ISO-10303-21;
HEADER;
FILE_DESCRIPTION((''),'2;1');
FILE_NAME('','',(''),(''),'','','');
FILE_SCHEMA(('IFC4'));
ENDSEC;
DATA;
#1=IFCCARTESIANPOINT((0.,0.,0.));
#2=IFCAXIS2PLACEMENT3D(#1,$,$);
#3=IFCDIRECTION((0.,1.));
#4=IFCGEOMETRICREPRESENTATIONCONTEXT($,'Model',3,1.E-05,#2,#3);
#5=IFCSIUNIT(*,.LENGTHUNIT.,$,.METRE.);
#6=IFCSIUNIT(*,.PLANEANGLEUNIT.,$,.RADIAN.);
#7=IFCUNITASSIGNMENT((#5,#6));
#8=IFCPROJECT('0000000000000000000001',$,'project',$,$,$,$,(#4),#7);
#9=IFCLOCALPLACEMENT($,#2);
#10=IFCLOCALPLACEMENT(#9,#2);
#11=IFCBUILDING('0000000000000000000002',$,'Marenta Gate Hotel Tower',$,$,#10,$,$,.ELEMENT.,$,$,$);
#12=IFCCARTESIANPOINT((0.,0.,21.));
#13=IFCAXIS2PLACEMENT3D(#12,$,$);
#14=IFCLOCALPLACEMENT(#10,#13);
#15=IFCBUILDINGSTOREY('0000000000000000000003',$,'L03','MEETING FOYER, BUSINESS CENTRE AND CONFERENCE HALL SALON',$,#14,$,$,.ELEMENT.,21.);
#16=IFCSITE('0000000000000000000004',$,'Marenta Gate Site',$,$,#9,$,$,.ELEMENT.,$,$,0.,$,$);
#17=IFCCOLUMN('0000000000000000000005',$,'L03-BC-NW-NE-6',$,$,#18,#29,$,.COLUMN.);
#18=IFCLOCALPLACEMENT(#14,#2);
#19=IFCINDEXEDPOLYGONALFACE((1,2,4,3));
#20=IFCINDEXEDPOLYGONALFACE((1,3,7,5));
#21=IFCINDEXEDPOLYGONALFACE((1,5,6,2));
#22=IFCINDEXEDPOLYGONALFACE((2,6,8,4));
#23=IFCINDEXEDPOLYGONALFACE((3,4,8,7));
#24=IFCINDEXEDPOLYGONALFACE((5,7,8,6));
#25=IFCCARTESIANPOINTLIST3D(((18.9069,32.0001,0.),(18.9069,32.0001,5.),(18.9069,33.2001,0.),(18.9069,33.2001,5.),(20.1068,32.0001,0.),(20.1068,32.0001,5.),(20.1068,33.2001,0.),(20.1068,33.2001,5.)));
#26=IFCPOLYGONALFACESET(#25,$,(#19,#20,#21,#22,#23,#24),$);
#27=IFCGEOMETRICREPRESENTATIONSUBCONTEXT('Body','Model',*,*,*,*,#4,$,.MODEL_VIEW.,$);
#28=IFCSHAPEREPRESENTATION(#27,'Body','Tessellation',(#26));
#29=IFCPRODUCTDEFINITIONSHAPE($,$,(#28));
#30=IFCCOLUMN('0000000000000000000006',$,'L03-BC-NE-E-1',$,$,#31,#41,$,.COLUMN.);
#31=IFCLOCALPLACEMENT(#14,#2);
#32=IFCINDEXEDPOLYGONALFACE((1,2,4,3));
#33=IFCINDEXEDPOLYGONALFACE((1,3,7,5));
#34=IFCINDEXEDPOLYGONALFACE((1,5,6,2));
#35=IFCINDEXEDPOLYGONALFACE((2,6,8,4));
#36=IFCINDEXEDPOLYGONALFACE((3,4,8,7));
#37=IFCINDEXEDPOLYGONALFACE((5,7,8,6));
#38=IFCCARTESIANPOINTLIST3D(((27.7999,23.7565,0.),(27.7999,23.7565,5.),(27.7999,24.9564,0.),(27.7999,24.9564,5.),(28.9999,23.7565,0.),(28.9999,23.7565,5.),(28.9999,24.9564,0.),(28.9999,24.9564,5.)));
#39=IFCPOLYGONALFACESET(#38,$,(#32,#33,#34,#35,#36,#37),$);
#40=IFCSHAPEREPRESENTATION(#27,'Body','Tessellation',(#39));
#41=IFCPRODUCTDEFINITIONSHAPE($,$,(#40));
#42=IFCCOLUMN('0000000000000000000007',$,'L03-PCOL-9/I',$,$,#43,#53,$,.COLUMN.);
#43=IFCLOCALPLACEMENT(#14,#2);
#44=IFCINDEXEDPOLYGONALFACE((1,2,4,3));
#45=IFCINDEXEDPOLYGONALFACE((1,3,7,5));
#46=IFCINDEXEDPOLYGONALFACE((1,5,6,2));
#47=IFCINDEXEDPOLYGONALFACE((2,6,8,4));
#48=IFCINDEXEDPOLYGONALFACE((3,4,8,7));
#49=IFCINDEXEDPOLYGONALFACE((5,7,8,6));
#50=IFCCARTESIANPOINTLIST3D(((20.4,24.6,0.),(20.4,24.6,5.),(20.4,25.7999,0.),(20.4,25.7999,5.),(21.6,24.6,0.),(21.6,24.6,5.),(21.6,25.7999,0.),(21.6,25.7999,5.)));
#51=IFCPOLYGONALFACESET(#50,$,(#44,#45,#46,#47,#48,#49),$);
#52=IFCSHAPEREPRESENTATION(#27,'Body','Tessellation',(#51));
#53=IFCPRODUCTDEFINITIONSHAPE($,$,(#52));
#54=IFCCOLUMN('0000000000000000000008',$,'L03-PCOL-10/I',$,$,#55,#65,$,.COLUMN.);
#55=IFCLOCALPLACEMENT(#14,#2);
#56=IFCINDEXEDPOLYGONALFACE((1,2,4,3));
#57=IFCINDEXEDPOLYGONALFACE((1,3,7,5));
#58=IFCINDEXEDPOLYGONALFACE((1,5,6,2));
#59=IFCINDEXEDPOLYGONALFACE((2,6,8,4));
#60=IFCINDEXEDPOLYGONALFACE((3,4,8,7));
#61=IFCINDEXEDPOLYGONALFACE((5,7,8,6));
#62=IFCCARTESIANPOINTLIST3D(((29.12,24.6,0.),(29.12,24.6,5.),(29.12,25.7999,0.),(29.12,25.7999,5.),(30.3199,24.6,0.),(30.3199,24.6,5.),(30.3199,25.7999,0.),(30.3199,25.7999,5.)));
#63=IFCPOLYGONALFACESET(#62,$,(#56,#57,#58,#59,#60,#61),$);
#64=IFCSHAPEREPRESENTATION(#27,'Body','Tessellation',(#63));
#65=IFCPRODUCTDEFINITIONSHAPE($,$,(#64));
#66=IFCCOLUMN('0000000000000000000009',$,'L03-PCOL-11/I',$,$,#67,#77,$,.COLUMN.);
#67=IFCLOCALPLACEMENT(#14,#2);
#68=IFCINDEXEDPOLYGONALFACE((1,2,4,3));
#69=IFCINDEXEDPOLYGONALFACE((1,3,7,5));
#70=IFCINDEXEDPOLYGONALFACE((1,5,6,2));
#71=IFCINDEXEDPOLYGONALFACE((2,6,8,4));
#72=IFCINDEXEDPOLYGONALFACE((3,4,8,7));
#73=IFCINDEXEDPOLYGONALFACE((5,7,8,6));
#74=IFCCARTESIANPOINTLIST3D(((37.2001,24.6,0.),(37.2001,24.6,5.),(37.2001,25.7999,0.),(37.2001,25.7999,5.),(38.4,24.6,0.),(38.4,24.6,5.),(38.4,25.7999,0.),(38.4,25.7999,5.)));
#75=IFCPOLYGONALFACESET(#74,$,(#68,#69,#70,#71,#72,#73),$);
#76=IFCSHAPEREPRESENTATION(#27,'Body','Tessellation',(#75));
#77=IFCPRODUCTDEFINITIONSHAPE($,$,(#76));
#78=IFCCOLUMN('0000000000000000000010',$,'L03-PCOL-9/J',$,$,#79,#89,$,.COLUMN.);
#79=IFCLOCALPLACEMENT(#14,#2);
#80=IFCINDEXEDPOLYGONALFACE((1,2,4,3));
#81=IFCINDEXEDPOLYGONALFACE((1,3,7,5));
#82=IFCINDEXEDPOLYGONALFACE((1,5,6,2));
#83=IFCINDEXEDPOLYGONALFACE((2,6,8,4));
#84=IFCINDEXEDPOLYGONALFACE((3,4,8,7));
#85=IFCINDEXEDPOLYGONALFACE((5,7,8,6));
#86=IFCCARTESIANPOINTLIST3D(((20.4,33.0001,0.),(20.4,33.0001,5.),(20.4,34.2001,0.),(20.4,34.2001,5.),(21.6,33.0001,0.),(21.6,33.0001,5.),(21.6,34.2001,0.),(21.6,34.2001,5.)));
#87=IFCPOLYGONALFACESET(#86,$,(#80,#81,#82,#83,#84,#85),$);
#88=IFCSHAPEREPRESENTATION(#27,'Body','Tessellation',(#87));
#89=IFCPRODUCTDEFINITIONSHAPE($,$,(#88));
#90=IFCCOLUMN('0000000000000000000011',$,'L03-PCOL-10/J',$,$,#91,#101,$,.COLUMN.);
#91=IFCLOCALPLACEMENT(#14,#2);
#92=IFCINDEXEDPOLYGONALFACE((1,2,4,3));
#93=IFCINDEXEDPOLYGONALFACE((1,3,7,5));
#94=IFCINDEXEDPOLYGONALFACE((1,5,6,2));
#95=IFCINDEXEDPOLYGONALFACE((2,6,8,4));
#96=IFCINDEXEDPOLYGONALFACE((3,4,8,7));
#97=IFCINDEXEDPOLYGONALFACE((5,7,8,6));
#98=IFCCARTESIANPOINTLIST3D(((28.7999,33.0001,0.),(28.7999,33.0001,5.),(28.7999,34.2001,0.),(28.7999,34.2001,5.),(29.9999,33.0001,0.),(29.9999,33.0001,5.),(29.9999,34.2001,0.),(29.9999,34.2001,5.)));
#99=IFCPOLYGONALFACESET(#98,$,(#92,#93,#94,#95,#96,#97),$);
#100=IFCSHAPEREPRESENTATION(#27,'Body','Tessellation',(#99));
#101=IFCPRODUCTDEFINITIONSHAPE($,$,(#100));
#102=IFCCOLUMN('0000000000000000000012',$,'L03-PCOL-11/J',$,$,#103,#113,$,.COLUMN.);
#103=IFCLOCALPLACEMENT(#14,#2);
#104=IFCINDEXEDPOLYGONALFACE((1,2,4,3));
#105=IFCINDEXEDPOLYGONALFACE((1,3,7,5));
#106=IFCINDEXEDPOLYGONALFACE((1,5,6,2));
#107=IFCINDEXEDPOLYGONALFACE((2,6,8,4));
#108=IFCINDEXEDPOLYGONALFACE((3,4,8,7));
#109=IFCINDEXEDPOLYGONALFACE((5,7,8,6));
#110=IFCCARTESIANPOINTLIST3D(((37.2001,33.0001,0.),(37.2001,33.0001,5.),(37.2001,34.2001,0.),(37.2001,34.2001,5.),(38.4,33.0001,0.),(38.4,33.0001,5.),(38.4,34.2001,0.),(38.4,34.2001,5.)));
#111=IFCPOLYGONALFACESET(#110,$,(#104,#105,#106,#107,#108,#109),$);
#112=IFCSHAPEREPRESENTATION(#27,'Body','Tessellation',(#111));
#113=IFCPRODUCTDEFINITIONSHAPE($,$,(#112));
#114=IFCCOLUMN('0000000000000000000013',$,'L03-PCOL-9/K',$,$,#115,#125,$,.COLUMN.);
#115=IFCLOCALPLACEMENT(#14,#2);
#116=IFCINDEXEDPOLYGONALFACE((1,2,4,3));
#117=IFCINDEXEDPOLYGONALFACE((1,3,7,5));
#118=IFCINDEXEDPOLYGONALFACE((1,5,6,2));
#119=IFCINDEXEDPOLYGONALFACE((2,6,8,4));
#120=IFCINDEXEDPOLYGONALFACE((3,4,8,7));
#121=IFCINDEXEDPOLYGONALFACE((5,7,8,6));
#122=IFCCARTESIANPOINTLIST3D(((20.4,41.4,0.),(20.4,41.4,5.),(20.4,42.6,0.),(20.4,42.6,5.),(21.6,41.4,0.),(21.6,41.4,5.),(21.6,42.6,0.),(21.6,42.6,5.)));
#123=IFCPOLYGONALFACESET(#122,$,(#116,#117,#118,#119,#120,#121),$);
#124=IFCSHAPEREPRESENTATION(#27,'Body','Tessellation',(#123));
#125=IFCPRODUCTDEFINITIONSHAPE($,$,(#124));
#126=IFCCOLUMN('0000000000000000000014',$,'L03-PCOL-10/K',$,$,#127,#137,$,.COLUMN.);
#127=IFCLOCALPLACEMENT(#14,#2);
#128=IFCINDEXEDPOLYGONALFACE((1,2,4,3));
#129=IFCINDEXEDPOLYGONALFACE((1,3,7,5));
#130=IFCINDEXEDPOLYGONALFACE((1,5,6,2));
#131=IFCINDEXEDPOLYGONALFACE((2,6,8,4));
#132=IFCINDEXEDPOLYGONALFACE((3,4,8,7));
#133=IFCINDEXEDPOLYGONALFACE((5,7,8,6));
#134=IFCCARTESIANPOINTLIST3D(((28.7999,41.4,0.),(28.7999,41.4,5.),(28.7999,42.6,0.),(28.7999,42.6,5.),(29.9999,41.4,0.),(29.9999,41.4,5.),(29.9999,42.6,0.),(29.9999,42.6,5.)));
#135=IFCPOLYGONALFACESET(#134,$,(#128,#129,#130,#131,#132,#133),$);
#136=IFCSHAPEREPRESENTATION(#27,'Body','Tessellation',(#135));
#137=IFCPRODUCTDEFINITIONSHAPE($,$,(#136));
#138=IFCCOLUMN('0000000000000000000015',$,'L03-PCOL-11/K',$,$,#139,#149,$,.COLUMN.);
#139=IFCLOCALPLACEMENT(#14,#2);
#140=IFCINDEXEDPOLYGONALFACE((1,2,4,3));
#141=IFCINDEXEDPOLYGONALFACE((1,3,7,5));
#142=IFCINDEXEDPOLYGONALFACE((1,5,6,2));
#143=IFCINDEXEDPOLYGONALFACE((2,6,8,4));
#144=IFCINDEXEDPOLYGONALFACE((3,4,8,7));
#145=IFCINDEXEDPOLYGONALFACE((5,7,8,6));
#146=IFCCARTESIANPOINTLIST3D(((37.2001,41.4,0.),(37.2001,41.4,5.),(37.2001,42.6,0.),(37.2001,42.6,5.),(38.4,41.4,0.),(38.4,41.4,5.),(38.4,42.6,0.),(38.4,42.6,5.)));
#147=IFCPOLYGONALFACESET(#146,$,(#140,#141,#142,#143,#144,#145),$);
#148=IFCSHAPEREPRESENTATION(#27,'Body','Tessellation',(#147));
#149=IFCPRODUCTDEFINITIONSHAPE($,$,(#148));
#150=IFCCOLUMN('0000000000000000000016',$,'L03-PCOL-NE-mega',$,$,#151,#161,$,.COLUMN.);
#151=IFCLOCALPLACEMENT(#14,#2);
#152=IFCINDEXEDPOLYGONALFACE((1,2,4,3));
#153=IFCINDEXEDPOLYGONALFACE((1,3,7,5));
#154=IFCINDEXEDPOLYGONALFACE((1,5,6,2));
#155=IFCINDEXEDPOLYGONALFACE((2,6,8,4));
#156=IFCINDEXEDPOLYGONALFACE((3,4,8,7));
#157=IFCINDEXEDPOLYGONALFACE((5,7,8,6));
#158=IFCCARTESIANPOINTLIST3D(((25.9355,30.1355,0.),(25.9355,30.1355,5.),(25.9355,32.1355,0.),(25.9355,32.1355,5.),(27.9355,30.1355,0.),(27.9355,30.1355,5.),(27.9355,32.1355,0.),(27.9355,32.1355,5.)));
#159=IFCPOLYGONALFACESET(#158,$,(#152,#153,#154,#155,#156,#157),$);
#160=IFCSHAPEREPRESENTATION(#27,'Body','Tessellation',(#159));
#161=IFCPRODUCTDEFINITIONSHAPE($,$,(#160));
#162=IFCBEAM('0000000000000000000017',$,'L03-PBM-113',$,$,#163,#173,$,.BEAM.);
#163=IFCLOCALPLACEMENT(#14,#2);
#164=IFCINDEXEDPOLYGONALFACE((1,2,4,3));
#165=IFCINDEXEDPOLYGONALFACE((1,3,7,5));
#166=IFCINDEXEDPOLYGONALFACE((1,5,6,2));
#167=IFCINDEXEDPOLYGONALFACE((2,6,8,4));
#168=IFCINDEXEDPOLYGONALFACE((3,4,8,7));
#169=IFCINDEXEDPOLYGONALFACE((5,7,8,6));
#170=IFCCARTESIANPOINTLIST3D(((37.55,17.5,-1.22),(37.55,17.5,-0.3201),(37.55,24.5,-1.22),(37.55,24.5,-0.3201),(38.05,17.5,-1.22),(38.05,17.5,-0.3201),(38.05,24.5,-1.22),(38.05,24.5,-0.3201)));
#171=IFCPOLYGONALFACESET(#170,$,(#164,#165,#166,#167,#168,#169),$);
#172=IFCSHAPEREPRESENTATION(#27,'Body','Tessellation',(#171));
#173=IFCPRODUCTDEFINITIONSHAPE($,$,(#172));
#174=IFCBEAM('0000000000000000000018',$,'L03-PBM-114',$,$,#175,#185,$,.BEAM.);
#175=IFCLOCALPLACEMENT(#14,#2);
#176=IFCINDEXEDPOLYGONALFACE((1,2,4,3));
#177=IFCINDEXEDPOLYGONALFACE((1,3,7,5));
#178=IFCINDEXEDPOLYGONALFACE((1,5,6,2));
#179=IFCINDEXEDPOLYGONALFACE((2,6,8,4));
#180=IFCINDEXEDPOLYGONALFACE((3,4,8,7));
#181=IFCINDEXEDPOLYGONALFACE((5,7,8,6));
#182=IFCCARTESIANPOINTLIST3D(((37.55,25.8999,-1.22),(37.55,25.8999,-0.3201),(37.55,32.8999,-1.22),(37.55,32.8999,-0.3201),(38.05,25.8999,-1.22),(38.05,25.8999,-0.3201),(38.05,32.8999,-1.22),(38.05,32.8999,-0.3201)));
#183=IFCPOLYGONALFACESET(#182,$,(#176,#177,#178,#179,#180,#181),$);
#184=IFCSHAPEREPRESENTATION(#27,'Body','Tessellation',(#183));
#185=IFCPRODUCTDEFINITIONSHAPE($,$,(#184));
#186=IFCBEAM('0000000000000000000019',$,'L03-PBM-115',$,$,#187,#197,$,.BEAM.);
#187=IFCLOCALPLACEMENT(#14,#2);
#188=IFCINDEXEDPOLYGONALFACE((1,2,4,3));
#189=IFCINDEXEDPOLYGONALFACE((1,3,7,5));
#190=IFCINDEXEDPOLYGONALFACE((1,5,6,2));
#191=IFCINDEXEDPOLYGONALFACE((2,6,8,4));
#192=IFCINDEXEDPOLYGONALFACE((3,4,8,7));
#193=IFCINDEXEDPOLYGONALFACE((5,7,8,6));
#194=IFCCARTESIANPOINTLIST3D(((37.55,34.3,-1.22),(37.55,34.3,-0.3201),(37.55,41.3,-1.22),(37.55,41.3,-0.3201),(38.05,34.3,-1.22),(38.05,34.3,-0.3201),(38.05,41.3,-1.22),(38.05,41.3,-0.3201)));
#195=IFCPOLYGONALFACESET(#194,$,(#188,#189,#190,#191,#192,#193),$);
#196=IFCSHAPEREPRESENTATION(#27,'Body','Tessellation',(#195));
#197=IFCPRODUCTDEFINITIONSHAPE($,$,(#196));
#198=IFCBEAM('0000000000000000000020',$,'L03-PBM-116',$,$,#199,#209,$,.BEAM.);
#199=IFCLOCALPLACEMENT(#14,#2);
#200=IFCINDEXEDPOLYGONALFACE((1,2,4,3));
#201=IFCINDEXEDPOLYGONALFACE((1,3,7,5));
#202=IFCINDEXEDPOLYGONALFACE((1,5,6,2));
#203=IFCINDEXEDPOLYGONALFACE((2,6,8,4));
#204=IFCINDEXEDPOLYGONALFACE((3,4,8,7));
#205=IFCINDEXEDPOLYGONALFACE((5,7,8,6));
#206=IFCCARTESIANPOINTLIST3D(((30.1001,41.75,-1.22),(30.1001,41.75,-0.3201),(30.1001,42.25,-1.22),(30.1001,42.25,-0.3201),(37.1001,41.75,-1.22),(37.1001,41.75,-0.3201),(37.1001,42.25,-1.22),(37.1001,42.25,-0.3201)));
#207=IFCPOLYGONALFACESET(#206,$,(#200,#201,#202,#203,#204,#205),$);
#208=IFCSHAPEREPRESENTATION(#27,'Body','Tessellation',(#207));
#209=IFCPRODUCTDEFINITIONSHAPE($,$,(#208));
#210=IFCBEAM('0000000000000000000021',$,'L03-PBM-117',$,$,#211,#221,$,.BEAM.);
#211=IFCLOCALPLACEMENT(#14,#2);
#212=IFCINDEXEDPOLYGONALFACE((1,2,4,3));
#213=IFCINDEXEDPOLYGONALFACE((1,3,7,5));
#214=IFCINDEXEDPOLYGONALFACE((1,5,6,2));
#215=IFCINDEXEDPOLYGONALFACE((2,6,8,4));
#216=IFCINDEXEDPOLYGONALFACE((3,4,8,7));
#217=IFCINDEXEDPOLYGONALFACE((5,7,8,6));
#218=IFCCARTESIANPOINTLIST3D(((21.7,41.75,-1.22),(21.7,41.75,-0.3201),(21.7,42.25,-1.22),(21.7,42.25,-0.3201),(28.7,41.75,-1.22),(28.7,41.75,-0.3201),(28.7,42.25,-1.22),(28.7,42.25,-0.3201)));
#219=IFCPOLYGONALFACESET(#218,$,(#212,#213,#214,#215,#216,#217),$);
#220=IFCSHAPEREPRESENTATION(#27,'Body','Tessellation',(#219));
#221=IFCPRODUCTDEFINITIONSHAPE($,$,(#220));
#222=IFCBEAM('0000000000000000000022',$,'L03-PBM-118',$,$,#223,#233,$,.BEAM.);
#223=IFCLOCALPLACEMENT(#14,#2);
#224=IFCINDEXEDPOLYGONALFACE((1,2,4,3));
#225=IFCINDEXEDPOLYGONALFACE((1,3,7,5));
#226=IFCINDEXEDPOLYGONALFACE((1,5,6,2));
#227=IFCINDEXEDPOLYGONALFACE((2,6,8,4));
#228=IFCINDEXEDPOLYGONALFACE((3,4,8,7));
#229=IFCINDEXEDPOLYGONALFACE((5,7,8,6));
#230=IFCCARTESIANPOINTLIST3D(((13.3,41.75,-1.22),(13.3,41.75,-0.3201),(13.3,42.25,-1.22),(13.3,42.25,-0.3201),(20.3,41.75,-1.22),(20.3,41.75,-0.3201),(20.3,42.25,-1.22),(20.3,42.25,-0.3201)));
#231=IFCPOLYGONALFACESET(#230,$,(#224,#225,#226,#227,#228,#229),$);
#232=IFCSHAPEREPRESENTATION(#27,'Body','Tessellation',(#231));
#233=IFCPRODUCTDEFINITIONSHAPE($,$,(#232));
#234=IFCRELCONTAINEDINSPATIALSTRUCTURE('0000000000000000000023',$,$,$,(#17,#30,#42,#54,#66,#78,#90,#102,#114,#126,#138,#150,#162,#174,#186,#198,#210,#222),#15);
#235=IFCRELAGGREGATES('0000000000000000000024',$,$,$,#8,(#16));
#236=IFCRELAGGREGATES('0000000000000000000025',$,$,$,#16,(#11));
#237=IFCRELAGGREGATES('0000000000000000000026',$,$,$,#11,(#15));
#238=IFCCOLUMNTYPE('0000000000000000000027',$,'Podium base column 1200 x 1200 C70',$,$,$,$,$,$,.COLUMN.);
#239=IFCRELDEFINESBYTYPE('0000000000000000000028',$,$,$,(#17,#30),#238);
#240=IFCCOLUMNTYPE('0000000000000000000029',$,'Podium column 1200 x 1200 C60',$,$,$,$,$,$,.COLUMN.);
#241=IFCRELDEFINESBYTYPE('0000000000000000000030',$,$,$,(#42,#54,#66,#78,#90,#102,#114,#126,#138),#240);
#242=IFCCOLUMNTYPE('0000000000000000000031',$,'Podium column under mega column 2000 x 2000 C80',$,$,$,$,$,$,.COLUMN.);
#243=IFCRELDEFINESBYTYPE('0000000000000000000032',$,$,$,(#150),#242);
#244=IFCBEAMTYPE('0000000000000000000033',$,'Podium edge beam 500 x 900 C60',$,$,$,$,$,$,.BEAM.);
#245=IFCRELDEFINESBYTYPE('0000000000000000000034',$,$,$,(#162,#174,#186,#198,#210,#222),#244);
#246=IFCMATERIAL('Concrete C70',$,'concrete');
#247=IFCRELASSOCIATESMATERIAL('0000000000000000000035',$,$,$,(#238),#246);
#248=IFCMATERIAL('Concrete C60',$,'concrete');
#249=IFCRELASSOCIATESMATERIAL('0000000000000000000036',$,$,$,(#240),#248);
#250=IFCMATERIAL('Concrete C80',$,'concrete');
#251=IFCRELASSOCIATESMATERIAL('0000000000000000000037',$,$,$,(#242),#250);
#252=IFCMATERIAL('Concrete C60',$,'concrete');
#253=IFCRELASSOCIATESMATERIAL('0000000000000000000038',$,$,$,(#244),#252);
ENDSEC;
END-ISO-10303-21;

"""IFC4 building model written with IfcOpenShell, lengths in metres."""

from ifc_helpers import new_model, si_unit, direction, frame, origin, origin_2d, place, context, subcontext, project, spatial, rectangle, extrude, material, material_profile, profile_set, type_object, element, save


model = new_model("IFC4")

# Units and contexts
model_context = context("Model", 3, precision=1e-05, world=origin(), true_north=direction((0.0, 1.0)))
body_context = subcontext(model_context, "Body", "Model", "MODEL_VIEW")
ifc_project = project(units=[si_unit("LENGTHUNIT", "METRE"), si_unit("PLANEANGLEUNIT", "RADIAN")], contexts=[model_context])

# Site, building, storey
site_placement = place(None, origin())
site = spatial("IfcSite", under=ifc_project, at=site_placement, Name="Marenta Gate Site", CompositionType="ELEMENT", RefElevation=0.0)
building_placement = place(site_placement, origin())
building = spatial("IfcBuilding", under=site, at=building_placement, Name="Marenta Gate Hotel Tower", CompositionType="ELEMENT")
storey_placement = place(building_placement, frame((0.0, 0.0, 21.0)))
storey = spatial("IfcBuildingStorey", under=building, at=storey_placement, Name="L03", Description="MEETING FOYER, BUSINESS CENTRE AND CONFERENCE HALL SALON", CompositionType="ELEMENT", Elevation=21.0)

# Columns
ifc_material_1 = material(Name="Concrete C70", Category="concrete")
ifc_material_profile_1 = material_profile(ifc_material_1, rectangle(XDim=1.2, YDim=1.2, at=origin_2d()), Name="1200 x 1200")
ifc_profile_set_1 = profile_set([ifc_material_profile_1], Name="Concrete C70")
column_type_1 = type_object("IfcColumnType", Name="Podium base column 1200 x 1200 C70", PredefinedType="COLUMN", material=ifc_profile_set_1)
for number, where, z_axis, x_axis, name in (
    (1, (19.5068, 32.6001, 0.0), (0.0, 0.0, 1.0), (1.0, 0.0, 0.0), "L03-BC-NW-NE-6"),
    (2, (28.3999, 24.3564, 0.0), (0.0, 0.0, 1.0), (1.0, 0.0, 0.0), "L03-BC-NE-E-1"),
):
    element("IfcColumn", number, at=place(storey_placement, frame(where, z_axis=z_axis, x_axis=x_axis)), inside=storey, type_object=column_type_1, Name=name, PredefinedType="COLUMN", context=body_context, shape_type="SweptSolid", body=[
        extrude(rectangle(XDim=1.2, YDim=1.2, at=origin_2d()), origin(), (0.0, 0.0, 1.0), 5.0),
    ])
ifc_material_2 = material(Name="Concrete C60", Category="concrete")
ifc_material_profile_2 = material_profile(ifc_material_2, rectangle(XDim=1.2, YDim=1.2, at=origin_2d()), Name="1200 x 1200")
ifc_profile_set_2 = profile_set([ifc_material_profile_2], Name="Concrete C60")
column_type_2 = type_object("IfcColumnType", Name="Podium column 1200 x 1200 C60", PredefinedType="COLUMN", material=ifc_profile_set_2)
for number, where, z_axis, x_axis, name in (
    (3, (21.0, 25.2, 0.0), (0.0, 0.0, 1.0), (1.0, 0.0, 0.0), "L03-PCOL-9/I"),
    (4, (29.72, 25.2, 0.0), (0.0, 0.0, 1.0), (1.0, 0.0, 0.0), "L03-PCOL-10/I"),
    (5, (37.8, 25.2, 0.0), (0.0, 0.0, 1.0), (1.0, 0.0, 0.0), "L03-PCOL-11/I"),
    (6, (21.0, 33.6001, 0.0), (0.0, 0.0, 1.0), (1.0, 0.0, 0.0), "L03-PCOL-9/J"),
    (7, (29.3999, 33.6001, 0.0), (0.0, 0.0, 1.0), (1.0, 0.0, 0.0), "L03-PCOL-10/J"),
    (8, (37.8, 33.6001, 0.0), (0.0, 0.0, 1.0), (1.0, 0.0, 0.0), "L03-PCOL-11/J"),
    (9, (21.0, 42.0, 0.0), (0.0, 0.0, 1.0), (1.0, 0.0, 0.0), "L03-PCOL-9/K"),
    (10, (29.3999, 42.0, 0.0), (0.0, 0.0, 1.0), (1.0, 0.0, 0.0), "L03-PCOL-10/K"),
    (11, (37.8, 42.0, 0.0), (0.0, 0.0, 1.0), (1.0, 0.0, 0.0), "L03-PCOL-11/K"),
):
    element("IfcColumn", number, at=place(storey_placement, frame(where, z_axis=z_axis, x_axis=x_axis)), inside=storey, type_object=column_type_2, Name=name, PredefinedType="COLUMN", context=body_context, shape_type="SweptSolid", body=[
        extrude(rectangle(XDim=1.2, YDim=1.2, at=origin_2d()), origin(), (0.0, 0.0, 1.0), 5.0),
    ])
ifc_material_3 = material(Name="Concrete C80", Category="concrete")
ifc_material_profile_3 = material_profile(ifc_material_3, rectangle(XDim=2.0, YDim=2.0, at=origin_2d()), Name="2000 x 2000")
ifc_profile_set_3 = profile_set([ifc_material_profile_3], Name="Concrete C80")
column_type_3 = type_object("IfcColumnType", Name="Podium column under mega column 2000 x 2000 C80", PredefinedType="COLUMN", material=ifc_profile_set_3)
column_placement = place(storey_placement, frame((26.9355, 31.1355, 0.0), z_axis=(0.0, 0.0, 1.0), x_axis=(1.0, 0.0, 0.0)))
element("IfcColumn", 12, at=column_placement, inside=storey, type_object=column_type_3, Name="L03-PCOL-NE-mega", PredefinedType="COLUMN", context=body_context, shape_type="SweptSolid", body=[
    extrude(rectangle(XDim=2.0, YDim=2.0, at=origin_2d()), origin(), (0.0, 0.0, 1.0), 5.0),
])

# Beams
ifc_material_4 = material(Name="Concrete C60", Category="concrete")
ifc_material_profile_4 = material_profile(ifc_material_4, rectangle(XDim=0.5, YDim=0.8999, at=origin_2d()), Name="500 x 900")
ifc_profile_set_4 = profile_set([ifc_material_profile_4], Name="Concrete C60")
beam_type_1 = type_object("IfcBeamType", Name="Podium edge beam 500 x 900 C60", PredefinedType="BEAM", material=ifc_profile_set_4)
for number, where, z_axis, x_axis, name in (
    (13, (37.8, 17.5, -0.77), (0.0, 1.0, 0.0), (-1.0, 0.0, 0.0), "L03-PBM-113"),
    (14, (37.8, 25.8999, -0.77), (0.0, 1.0, 0.0), (-1.0, 0.0, 0.0), "L03-PBM-114"),
    (15, (37.8, 34.3, -0.77), (0.0, 1.0, 0.0), (-1.0, 0.0, 0.0), "L03-PBM-115"),
    (16, (37.1001, 42.0, -0.77), (-1.0, 0.0, 0.0), (0.0, -1.0, 0.0), "L03-PBM-116"),
    (17, (28.7, 42.0, -0.77), (-1.0, 0.0, 0.0), (0.0, -1.0, 0.0), "L03-PBM-117"),
    (18, (20.3, 42.0, -0.77), (-1.0, 0.0, 0.0), (0.0, -1.0, 0.0), "L03-PBM-118"),
):
    element("IfcBeam", number, at=place(storey_placement, frame(where, z_axis=z_axis, x_axis=x_axis)), inside=storey, type_object=beam_type_1, Name=name, PredefinedType="BEAM", context=body_context, shape_type="SweptSolid", body=[
        extrude(rectangle(XDim=0.5, YDim=0.8999, at=origin_2d()), origin(), (0.0, 0.0, 1.0), 7.0),
    ])

save(model, "model.ifc")
